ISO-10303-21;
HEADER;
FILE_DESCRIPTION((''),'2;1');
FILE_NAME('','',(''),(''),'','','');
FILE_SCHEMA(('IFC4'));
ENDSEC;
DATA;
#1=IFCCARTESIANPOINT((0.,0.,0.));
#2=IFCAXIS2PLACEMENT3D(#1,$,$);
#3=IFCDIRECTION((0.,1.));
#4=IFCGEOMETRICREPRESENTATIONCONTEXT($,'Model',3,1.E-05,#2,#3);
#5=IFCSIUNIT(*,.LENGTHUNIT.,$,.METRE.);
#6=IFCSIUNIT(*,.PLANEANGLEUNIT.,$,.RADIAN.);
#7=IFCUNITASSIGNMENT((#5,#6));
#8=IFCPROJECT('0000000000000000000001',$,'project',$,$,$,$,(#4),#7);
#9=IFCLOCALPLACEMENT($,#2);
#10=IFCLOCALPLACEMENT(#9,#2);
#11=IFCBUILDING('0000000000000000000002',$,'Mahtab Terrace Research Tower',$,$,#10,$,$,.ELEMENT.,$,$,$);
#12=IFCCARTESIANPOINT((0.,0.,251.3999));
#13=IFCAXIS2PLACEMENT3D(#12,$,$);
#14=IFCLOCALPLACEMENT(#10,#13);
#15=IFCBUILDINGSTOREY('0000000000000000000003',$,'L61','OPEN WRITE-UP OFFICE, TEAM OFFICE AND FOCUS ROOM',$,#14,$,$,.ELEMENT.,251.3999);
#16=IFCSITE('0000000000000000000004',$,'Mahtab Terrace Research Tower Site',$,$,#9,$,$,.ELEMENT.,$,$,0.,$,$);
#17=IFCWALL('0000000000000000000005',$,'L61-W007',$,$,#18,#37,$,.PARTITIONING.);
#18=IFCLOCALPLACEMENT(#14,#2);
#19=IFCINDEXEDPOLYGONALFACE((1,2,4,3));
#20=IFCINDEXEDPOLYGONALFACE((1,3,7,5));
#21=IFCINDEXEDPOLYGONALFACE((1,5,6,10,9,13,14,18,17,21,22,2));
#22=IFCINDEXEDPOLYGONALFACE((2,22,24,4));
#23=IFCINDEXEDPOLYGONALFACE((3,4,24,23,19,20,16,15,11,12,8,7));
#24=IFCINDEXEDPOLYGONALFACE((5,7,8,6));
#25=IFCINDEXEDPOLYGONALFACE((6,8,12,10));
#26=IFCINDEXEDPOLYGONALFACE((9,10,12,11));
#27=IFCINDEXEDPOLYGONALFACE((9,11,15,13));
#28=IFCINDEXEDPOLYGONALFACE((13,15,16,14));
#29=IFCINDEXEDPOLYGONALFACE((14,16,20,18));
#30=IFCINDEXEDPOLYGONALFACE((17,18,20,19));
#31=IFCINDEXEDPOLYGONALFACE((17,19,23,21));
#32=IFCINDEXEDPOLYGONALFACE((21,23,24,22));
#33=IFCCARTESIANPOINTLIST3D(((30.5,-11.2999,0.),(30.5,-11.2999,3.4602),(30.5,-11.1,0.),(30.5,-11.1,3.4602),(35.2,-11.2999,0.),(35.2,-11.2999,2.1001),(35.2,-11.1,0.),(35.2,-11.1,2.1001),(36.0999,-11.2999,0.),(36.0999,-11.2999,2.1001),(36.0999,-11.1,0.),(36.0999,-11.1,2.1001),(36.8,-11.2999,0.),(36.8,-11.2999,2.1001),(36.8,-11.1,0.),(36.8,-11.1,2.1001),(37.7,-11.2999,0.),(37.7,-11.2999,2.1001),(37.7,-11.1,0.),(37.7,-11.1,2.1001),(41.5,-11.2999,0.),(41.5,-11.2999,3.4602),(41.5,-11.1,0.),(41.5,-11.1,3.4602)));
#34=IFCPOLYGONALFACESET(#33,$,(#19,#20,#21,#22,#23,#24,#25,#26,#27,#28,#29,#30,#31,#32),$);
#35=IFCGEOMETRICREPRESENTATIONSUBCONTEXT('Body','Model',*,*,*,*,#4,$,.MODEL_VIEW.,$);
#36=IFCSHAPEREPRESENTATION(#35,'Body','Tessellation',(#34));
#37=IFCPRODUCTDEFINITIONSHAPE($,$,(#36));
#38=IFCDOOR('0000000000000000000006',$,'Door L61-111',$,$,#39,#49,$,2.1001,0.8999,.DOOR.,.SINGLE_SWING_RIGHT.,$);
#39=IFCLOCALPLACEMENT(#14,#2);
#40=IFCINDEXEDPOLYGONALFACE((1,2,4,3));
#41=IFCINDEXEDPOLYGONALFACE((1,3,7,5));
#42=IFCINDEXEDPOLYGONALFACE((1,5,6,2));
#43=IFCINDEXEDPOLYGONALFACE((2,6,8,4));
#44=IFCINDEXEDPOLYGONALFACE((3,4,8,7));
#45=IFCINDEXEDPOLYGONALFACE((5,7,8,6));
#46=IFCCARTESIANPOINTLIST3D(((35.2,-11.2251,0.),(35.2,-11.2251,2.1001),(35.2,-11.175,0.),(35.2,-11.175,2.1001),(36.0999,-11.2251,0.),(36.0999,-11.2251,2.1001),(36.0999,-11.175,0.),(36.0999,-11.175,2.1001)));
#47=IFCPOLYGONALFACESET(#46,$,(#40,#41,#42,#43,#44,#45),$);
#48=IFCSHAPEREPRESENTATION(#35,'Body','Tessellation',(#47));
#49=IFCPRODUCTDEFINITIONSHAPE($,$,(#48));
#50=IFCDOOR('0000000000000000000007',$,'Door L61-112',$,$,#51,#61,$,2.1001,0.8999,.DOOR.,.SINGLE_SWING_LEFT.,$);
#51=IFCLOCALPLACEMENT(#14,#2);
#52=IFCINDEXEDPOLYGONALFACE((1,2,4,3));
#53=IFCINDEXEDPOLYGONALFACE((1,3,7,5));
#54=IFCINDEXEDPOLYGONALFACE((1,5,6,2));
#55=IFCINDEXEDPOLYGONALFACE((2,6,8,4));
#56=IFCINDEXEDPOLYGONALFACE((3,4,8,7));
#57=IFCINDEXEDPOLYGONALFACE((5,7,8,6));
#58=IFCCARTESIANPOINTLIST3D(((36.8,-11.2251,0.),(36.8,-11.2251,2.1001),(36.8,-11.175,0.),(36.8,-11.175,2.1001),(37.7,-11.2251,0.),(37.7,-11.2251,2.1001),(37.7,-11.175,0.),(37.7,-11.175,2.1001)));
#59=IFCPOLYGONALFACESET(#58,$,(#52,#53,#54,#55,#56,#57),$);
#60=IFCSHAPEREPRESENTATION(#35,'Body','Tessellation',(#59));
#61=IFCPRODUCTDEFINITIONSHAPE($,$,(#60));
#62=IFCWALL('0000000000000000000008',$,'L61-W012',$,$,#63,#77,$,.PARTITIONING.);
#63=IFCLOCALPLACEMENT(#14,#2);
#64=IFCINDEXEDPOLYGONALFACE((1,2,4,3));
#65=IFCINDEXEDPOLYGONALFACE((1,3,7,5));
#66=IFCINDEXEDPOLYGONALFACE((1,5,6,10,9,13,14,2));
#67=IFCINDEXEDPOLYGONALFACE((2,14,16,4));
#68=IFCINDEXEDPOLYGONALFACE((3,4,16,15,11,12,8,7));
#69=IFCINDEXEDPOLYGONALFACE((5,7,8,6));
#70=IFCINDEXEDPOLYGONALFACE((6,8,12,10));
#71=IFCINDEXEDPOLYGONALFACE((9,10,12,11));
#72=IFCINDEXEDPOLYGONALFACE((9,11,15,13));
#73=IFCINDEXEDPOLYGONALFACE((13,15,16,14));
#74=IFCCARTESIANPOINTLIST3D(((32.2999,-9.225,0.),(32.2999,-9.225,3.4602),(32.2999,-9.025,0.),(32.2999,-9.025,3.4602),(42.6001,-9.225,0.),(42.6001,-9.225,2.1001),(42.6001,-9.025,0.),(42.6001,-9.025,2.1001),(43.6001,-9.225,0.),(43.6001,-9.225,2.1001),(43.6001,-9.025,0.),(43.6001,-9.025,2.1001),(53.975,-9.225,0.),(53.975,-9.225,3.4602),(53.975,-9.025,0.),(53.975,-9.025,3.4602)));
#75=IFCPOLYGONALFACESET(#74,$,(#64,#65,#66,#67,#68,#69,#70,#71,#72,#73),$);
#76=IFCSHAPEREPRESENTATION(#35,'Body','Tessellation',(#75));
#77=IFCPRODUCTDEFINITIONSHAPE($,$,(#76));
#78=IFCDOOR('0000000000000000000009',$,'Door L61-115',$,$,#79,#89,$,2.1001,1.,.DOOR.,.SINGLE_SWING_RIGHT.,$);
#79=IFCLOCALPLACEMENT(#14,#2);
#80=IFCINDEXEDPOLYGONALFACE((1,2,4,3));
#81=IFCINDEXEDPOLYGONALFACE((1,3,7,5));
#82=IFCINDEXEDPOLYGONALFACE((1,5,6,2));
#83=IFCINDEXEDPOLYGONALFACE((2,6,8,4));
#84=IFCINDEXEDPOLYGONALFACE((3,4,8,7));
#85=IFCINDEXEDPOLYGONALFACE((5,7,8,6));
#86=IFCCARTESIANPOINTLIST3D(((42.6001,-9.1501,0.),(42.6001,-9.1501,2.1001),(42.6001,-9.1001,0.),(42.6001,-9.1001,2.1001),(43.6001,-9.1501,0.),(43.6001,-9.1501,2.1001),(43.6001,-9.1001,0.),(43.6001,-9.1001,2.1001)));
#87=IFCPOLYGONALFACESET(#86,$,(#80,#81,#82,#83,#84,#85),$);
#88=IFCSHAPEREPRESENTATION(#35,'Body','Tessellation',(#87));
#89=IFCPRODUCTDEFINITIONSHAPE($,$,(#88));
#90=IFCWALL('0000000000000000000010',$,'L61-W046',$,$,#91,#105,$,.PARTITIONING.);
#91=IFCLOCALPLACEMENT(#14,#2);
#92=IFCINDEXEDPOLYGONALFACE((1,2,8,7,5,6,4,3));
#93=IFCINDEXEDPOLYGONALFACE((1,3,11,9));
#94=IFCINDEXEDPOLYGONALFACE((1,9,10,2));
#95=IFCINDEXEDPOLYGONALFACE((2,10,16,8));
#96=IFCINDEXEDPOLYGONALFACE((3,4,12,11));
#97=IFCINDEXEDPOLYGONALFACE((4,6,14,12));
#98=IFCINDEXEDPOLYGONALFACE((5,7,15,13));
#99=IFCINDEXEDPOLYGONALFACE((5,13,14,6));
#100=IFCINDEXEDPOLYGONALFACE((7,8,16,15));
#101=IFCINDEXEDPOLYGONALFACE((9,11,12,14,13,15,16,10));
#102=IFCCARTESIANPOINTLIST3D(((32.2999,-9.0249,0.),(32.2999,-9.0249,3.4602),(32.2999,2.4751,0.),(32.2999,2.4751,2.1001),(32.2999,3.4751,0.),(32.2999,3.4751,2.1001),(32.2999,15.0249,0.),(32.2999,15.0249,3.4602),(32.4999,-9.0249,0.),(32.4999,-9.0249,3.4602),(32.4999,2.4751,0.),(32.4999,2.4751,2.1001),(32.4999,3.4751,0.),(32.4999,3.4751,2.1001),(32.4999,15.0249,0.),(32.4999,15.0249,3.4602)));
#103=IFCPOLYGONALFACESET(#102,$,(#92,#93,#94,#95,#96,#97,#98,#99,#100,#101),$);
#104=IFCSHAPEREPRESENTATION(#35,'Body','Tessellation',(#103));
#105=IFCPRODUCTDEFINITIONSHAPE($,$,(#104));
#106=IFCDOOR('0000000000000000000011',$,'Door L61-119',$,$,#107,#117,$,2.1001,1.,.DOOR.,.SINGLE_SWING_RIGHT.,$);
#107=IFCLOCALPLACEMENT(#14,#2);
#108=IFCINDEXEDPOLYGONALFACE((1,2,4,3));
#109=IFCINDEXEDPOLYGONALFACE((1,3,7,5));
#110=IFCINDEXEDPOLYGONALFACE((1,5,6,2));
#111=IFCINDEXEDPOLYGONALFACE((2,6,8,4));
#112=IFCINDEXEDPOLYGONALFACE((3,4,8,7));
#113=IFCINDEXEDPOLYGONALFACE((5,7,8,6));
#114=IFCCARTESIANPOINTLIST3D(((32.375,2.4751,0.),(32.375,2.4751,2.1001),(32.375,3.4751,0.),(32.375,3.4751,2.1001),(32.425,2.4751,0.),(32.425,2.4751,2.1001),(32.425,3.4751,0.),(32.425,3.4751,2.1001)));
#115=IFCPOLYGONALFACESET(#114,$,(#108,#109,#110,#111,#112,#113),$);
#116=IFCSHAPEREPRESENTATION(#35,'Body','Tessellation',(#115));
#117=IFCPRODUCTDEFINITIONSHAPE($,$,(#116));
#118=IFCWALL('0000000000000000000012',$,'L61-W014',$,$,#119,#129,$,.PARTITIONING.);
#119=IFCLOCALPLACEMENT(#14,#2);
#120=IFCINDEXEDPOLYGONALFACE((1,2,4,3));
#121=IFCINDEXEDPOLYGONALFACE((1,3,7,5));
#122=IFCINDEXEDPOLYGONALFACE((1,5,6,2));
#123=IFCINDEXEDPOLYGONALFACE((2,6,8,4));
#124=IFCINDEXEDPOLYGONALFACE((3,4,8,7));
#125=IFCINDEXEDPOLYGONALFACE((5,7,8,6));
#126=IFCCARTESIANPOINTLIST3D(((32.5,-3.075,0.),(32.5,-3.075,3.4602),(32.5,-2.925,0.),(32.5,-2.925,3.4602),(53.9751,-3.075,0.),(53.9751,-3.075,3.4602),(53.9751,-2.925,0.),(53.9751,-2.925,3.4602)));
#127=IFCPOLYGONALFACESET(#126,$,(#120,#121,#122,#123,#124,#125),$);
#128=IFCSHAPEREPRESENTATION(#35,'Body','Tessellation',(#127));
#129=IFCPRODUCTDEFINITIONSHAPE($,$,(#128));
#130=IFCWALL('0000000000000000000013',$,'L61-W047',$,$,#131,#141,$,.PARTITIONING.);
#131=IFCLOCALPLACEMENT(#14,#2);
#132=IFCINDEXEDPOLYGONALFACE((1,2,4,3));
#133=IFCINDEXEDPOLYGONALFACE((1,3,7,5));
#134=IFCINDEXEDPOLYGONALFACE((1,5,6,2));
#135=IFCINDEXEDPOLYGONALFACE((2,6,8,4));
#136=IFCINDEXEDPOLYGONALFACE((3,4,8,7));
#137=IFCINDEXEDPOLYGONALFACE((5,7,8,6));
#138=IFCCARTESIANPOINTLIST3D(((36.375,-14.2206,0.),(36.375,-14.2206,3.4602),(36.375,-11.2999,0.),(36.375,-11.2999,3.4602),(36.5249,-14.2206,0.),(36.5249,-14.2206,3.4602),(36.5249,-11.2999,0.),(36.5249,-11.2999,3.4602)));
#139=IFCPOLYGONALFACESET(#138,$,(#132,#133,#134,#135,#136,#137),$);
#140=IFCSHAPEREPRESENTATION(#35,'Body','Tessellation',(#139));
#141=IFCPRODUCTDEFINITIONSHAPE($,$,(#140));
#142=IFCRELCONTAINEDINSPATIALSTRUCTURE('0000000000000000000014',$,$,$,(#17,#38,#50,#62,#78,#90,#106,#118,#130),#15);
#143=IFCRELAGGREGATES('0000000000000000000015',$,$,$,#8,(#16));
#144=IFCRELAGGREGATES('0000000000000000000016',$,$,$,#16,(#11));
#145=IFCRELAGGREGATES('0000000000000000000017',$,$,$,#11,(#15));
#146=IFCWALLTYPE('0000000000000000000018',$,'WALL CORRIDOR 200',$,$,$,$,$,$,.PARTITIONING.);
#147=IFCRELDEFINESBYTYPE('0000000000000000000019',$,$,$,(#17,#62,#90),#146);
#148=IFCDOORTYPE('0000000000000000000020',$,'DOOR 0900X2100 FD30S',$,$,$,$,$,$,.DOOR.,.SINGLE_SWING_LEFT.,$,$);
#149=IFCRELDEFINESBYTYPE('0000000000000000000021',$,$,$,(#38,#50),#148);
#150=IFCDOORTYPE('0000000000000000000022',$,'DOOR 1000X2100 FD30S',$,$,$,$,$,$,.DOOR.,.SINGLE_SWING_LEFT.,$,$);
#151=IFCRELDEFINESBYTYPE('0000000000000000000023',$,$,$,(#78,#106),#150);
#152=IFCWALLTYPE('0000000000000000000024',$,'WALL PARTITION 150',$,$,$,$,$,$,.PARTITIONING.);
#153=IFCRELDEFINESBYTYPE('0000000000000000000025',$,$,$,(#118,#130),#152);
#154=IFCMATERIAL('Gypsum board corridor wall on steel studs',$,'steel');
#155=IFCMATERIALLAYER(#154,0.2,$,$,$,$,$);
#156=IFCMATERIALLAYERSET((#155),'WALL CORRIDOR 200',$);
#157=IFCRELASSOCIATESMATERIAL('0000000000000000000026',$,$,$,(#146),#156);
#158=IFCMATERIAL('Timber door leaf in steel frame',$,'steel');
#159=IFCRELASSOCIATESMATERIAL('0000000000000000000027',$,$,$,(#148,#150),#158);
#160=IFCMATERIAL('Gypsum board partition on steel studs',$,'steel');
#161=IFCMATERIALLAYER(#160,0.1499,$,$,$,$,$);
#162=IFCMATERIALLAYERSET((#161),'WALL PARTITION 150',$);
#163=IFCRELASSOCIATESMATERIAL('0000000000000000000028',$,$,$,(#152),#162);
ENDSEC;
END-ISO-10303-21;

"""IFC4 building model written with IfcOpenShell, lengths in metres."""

from ifc_helpers import new_model, si_unit, direction, frame, frame_2d, origin, place, context, subcontext, project, spatial, rectangle, extrude, material, layer, layer_set, type_object, element, fill, save


model = new_model("IFC4")

# Units and contexts
model_context = context("Model", 3, precision=1e-05, world=origin(), true_north=direction((0.0, 1.0)))
body_context = subcontext(model_context, "Body", "Model", "MODEL_VIEW")
ifc_project = project(units=[si_unit("LENGTHUNIT", "METRE"), si_unit("PLANEANGLEUNIT", "RADIAN")], contexts=[model_context])

# Site, building, storey
site_placement = place(None, origin())
site = spatial("IfcSite", under=ifc_project, at=site_placement, Name="Mahtab Terrace Research Tower Site", CompositionType="ELEMENT", RefElevation=0.0)
building_placement = place(site_placement, origin())
building = spatial("IfcBuilding", under=site, at=building_placement, Name="Mahtab Terrace Research Tower", CompositionType="ELEMENT")
storey_placement = place(building_placement, frame((0.0, 0.0, 251.3999)))
storey = spatial("IfcBuildingStorey", under=building, at=storey_placement, Name="L61", Description="OPEN WRITE-UP OFFICE, TEAM OFFICE AND FOCUS ROOM", CompositionType="ELEMENT", Elevation=251.3999)

# Wall, openings, doors
ifc_material_1 = material(Name="Gypsum board corridor wall on steel studs", Category="steel")
ifc_layer_1 = layer(ifc_material_1, 0.2)
ifc_layer_set_1 = layer_set([ifc_layer_1], Name="WALL CORRIDOR 200")
wall_type_1 = type_object("IfcWallType", Name="WALL CORRIDOR 200", PredefinedType="PARTITIONING", material=ifc_layer_set_1)
wall_1_placement = place(storey_placement, frame((30.5, -11.2, 0.0), z_axis=(0.0, 0.0, 1.0), x_axis=(1.0, 0.0, 0.0)))
wall_1 = element("IfcWall", 1, at=wall_1_placement, inside=storey, type_object=wall_type_1, Name="L61-W007", PredefinedType="PARTITIONING", context=body_context, shape_type="SweptSolid", body=[
    extrude(rectangle(XDim=11.0, YDim=0.2, at=frame_2d((5.5, 0.0))), origin(), (0.0, 0.0, 1.0), 3.4602),
])
opening_1_placement = place(wall_1_placement, frame((4.7, 0.0, 0.0)))
opening_1 = element("IfcOpeningElement", 2, at=opening_1_placement, cuts=wall_1, PredefinedType="OPENING", context=body_context, shape_type="SweptSolid", body=[
    extrude(rectangle(XDim=0.8999, YDim=2.1001, at=frame_2d((0.45, 1.05))), frame((0.0, 0.1099, 0.0), z_axis=(0.0, -1.0, 0.0), x_axis=(1.0, 0.0, 0.0)), (0.0, 0.0, 1.0), 0.22),
])
opening_2_placement = place(wall_1_placement, frame((6.3, 0.0, 0.0)))
opening_2 = element("IfcOpeningElement", 3, at=opening_2_placement, cuts=wall_1, PredefinedType="OPENING", context=body_context, shape_type="SweptSolid", body=[
    extrude(rectangle(XDim=0.8999, YDim=2.1001, at=frame_2d((0.45, 1.05))), frame((0.0, 0.1099, 0.0), z_axis=(0.0, -1.0, 0.0), x_axis=(1.0, 0.0, 0.0)), (0.0, 0.0, 1.0), 0.22),
])
ifc_material_2 = material(Name="Timber door leaf in steel frame", Category="steel")
door_type_1 = type_object("IfcDoorType", Name="DOOR 0900X2100 FD30S", OperationType="SINGLE_SWING_LEFT", PredefinedType="DOOR", material=ifc_material_2)
door_1_placement = place(opening_1_placement, origin())
door_1 = element("IfcDoor", 4, at=door_1_placement, inside=storey, type_object=door_type_1, Name="Door L61-111", OperationType="SINGLE_SWING_RIGHT", OverallHeight=2.1001, OverallWidth=0.8999, PredefinedType="DOOR", context=body_context, shape_type="SweptSolid", body=[
    extrude(rectangle(XDim=0.8999, YDim=2.1001, at=frame_2d((0.45, 1.05))), frame((0.0, 0.0249, 0.0), z_axis=(0.0, -1.0, 0.0), x_axis=(1.0, 0.0, 0.0)), (0.0, 0.0, 1.0), 0.05),
])
fill(opening_1, door_1)
door_2_placement = place(opening_2_placement, origin())
door_2 = element("IfcDoor", 5, at=door_2_placement, inside=storey, type_object=door_type_1, Name="Door L61-112", OperationType="SINGLE_SWING_LEFT", OverallHeight=2.1001, OverallWidth=0.8999, PredefinedType="DOOR", context=body_context, shape_type="SweptSolid", body=[
    extrude(rectangle(XDim=0.8999, YDim=2.1001, at=frame_2d((0.45, 1.05))), frame((0.0, 0.0249, 0.0), z_axis=(0.0, -1.0, 0.0), x_axis=(1.0, 0.0, 0.0)), (0.0, 0.0, 1.0), 0.05),
])
fill(opening_2, door_2)

# Walls, openings, doors
wall_2_placement = place(storey_placement, frame((32.3, -9.125, 0.0), z_axis=(0.0, 0.0, 1.0), x_axis=(1.0, 0.0, 0.0)))
wall_2 = element("IfcWall", 6, at=wall_2_placement, inside=storey, type_object=wall_type_1, Name="L61-W012", PredefinedType="PARTITIONING", context=body_context, shape_type="SweptSolid", body=[
    extrude(rectangle(XDim=21.675, YDim=0.2, at=frame_2d((10.8374, 0.0))), origin(), (0.0, 0.0, 1.0), 3.4602),
])
opening_3_placement = place(wall_2_placement, frame((10.3, 0.0, 0.0)))
opening_3 = element("IfcOpeningElement", 7, at=opening_3_placement, cuts=wall_2, PredefinedType="OPENING", context=body_context, shape_type="SweptSolid", body=[
    extrude(rectangle(XDim=1.0, YDim=2.1001, at=frame_2d((0.5, 1.05))), frame((0.0, 0.1099, 0.0), z_axis=(0.0, -1.0, 0.0), x_axis=(1.0, 0.0, 0.0)), (0.0, 0.0, 1.0), 0.22),
])
door_type_2 = type_object("IfcDoorType", Name="DOOR 1000X2100 FD30S", OperationType="SINGLE_SWING_LEFT", PredefinedType="DOOR", material=ifc_material_2)
door_3_placement = place(opening_3_placement, origin())
door_3 = element("IfcDoor", 8, at=door_3_placement, inside=storey, type_object=door_type_2, Name="Door L61-115", OperationType="SINGLE_SWING_RIGHT", OverallHeight=2.1001, OverallWidth=1.0, PredefinedType="DOOR", context=body_context, shape_type="SweptSolid", body=[
    extrude(rectangle(XDim=1.0, YDim=2.1001, at=frame_2d((0.5, 1.05))), frame((0.0, 0.0249, 0.0), z_axis=(0.0, -1.0, 0.0), x_axis=(1.0, 0.0, 0.0)), (0.0, 0.0, 1.0), 0.05),
])
fill(opening_3, door_3)
wall_3_placement = place(storey_placement, frame((32.3999, -9.0249, 0.0), z_axis=(0.0, 0.0, 1.0), x_axis=(0.0, 1.0, 0.0)))
wall_3 = element("IfcWall", 9, at=wall_3_placement, inside=storey, type_object=wall_type_1, Name="L61-W046", PredefinedType="PARTITIONING", context=body_context, shape_type="SweptSolid", body=[
    extrude(rectangle(XDim=24.0498, YDim=0.2, at=frame_2d((12.0249, 0.0))), origin(), (0.0, 0.0, 1.0), 3.4602),
])
opening_4_placement = place(wall_3_placement, frame((11.5, 0.0, 0.0)))
opening_4 = element("IfcOpeningElement", 10, at=opening_4_placement, cuts=wall_3, PredefinedType="OPENING", context=body_context, shape_type="SweptSolid", body=[
    extrude(rectangle(XDim=1.0, YDim=2.1001, at=frame_2d((0.5, 1.05))), frame((0.0, 0.1099, 0.0), z_axis=(0.0, -1.0, 0.0), x_axis=(1.0, 0.0, 0.0)), (0.0, 0.0, 1.0), 0.22),
])
door_4_placement = place(opening_4_placement, origin())
door_4 = element("IfcDoor", 11, at=door_4_placement, inside=storey, type_object=door_type_2, Name="Door L61-119", OperationType="SINGLE_SWING_RIGHT", OverallHeight=2.1001, OverallWidth=1.0, PredefinedType="DOOR", context=body_context, shape_type="SweptSolid", body=[
    extrude(rectangle(XDim=1.0, YDim=2.1001, at=frame_2d((0.5, 1.05))), frame((0.0, 0.0249, 0.0), z_axis=(0.0, -1.0, 0.0), x_axis=(1.0, 0.0, 0.0)), (0.0, 0.0, 1.0), 0.05),
])
fill(opening_4, door_4)

# Walls
ifc_material_3 = material(Name="Gypsum board partition on steel studs", Category="steel")
ifc_layer_2 = layer(ifc_material_3, 0.1499)
ifc_layer_set_2 = layer_set([ifc_layer_2], Name="WALL PARTITION 150")
wall_type_2 = type_object("IfcWallType", Name="WALL PARTITION 150", PredefinedType="PARTITIONING", material=ifc_layer_set_2)
wall_4_placement = place(storey_placement, frame((32.5, -3.0, 0.0), z_axis=(0.0, 0.0, 1.0), x_axis=(1.0, 0.0, 0.0)))
element("IfcWall", 12, at=wall_4_placement, inside=storey, type_object=wall_type_2, Name="L61-W014", PredefinedType="PARTITIONING", context=body_context, shape_type="SweptSolid", body=[
    extrude(rectangle(XDim=21.4751, YDim=0.1499, at=frame_2d((10.7375, 0.0))), origin(), (0.0, 0.0, 1.0), 3.4602),
])
wall_5_placement = place(storey_placement, frame((36.45, -14.2207, 0.0), z_axis=(0.0, 0.0, 1.0), x_axis=(0.0, 1.0, 0.0)))
element("IfcWall", 13, at=wall_5_placement, inside=storey, type_object=wall_type_2, Name="L61-W047", PredefinedType="PARTITIONING", context=body_context, shape_type="SweptSolid", body=[
    extrude(rectangle(XDim=2.9207, YDim=0.1499, at=frame_2d((1.4604, 0.0))), origin(), (0.0, 0.0, 1.0), 3.4602),
])

save(model, "model.ifc")
